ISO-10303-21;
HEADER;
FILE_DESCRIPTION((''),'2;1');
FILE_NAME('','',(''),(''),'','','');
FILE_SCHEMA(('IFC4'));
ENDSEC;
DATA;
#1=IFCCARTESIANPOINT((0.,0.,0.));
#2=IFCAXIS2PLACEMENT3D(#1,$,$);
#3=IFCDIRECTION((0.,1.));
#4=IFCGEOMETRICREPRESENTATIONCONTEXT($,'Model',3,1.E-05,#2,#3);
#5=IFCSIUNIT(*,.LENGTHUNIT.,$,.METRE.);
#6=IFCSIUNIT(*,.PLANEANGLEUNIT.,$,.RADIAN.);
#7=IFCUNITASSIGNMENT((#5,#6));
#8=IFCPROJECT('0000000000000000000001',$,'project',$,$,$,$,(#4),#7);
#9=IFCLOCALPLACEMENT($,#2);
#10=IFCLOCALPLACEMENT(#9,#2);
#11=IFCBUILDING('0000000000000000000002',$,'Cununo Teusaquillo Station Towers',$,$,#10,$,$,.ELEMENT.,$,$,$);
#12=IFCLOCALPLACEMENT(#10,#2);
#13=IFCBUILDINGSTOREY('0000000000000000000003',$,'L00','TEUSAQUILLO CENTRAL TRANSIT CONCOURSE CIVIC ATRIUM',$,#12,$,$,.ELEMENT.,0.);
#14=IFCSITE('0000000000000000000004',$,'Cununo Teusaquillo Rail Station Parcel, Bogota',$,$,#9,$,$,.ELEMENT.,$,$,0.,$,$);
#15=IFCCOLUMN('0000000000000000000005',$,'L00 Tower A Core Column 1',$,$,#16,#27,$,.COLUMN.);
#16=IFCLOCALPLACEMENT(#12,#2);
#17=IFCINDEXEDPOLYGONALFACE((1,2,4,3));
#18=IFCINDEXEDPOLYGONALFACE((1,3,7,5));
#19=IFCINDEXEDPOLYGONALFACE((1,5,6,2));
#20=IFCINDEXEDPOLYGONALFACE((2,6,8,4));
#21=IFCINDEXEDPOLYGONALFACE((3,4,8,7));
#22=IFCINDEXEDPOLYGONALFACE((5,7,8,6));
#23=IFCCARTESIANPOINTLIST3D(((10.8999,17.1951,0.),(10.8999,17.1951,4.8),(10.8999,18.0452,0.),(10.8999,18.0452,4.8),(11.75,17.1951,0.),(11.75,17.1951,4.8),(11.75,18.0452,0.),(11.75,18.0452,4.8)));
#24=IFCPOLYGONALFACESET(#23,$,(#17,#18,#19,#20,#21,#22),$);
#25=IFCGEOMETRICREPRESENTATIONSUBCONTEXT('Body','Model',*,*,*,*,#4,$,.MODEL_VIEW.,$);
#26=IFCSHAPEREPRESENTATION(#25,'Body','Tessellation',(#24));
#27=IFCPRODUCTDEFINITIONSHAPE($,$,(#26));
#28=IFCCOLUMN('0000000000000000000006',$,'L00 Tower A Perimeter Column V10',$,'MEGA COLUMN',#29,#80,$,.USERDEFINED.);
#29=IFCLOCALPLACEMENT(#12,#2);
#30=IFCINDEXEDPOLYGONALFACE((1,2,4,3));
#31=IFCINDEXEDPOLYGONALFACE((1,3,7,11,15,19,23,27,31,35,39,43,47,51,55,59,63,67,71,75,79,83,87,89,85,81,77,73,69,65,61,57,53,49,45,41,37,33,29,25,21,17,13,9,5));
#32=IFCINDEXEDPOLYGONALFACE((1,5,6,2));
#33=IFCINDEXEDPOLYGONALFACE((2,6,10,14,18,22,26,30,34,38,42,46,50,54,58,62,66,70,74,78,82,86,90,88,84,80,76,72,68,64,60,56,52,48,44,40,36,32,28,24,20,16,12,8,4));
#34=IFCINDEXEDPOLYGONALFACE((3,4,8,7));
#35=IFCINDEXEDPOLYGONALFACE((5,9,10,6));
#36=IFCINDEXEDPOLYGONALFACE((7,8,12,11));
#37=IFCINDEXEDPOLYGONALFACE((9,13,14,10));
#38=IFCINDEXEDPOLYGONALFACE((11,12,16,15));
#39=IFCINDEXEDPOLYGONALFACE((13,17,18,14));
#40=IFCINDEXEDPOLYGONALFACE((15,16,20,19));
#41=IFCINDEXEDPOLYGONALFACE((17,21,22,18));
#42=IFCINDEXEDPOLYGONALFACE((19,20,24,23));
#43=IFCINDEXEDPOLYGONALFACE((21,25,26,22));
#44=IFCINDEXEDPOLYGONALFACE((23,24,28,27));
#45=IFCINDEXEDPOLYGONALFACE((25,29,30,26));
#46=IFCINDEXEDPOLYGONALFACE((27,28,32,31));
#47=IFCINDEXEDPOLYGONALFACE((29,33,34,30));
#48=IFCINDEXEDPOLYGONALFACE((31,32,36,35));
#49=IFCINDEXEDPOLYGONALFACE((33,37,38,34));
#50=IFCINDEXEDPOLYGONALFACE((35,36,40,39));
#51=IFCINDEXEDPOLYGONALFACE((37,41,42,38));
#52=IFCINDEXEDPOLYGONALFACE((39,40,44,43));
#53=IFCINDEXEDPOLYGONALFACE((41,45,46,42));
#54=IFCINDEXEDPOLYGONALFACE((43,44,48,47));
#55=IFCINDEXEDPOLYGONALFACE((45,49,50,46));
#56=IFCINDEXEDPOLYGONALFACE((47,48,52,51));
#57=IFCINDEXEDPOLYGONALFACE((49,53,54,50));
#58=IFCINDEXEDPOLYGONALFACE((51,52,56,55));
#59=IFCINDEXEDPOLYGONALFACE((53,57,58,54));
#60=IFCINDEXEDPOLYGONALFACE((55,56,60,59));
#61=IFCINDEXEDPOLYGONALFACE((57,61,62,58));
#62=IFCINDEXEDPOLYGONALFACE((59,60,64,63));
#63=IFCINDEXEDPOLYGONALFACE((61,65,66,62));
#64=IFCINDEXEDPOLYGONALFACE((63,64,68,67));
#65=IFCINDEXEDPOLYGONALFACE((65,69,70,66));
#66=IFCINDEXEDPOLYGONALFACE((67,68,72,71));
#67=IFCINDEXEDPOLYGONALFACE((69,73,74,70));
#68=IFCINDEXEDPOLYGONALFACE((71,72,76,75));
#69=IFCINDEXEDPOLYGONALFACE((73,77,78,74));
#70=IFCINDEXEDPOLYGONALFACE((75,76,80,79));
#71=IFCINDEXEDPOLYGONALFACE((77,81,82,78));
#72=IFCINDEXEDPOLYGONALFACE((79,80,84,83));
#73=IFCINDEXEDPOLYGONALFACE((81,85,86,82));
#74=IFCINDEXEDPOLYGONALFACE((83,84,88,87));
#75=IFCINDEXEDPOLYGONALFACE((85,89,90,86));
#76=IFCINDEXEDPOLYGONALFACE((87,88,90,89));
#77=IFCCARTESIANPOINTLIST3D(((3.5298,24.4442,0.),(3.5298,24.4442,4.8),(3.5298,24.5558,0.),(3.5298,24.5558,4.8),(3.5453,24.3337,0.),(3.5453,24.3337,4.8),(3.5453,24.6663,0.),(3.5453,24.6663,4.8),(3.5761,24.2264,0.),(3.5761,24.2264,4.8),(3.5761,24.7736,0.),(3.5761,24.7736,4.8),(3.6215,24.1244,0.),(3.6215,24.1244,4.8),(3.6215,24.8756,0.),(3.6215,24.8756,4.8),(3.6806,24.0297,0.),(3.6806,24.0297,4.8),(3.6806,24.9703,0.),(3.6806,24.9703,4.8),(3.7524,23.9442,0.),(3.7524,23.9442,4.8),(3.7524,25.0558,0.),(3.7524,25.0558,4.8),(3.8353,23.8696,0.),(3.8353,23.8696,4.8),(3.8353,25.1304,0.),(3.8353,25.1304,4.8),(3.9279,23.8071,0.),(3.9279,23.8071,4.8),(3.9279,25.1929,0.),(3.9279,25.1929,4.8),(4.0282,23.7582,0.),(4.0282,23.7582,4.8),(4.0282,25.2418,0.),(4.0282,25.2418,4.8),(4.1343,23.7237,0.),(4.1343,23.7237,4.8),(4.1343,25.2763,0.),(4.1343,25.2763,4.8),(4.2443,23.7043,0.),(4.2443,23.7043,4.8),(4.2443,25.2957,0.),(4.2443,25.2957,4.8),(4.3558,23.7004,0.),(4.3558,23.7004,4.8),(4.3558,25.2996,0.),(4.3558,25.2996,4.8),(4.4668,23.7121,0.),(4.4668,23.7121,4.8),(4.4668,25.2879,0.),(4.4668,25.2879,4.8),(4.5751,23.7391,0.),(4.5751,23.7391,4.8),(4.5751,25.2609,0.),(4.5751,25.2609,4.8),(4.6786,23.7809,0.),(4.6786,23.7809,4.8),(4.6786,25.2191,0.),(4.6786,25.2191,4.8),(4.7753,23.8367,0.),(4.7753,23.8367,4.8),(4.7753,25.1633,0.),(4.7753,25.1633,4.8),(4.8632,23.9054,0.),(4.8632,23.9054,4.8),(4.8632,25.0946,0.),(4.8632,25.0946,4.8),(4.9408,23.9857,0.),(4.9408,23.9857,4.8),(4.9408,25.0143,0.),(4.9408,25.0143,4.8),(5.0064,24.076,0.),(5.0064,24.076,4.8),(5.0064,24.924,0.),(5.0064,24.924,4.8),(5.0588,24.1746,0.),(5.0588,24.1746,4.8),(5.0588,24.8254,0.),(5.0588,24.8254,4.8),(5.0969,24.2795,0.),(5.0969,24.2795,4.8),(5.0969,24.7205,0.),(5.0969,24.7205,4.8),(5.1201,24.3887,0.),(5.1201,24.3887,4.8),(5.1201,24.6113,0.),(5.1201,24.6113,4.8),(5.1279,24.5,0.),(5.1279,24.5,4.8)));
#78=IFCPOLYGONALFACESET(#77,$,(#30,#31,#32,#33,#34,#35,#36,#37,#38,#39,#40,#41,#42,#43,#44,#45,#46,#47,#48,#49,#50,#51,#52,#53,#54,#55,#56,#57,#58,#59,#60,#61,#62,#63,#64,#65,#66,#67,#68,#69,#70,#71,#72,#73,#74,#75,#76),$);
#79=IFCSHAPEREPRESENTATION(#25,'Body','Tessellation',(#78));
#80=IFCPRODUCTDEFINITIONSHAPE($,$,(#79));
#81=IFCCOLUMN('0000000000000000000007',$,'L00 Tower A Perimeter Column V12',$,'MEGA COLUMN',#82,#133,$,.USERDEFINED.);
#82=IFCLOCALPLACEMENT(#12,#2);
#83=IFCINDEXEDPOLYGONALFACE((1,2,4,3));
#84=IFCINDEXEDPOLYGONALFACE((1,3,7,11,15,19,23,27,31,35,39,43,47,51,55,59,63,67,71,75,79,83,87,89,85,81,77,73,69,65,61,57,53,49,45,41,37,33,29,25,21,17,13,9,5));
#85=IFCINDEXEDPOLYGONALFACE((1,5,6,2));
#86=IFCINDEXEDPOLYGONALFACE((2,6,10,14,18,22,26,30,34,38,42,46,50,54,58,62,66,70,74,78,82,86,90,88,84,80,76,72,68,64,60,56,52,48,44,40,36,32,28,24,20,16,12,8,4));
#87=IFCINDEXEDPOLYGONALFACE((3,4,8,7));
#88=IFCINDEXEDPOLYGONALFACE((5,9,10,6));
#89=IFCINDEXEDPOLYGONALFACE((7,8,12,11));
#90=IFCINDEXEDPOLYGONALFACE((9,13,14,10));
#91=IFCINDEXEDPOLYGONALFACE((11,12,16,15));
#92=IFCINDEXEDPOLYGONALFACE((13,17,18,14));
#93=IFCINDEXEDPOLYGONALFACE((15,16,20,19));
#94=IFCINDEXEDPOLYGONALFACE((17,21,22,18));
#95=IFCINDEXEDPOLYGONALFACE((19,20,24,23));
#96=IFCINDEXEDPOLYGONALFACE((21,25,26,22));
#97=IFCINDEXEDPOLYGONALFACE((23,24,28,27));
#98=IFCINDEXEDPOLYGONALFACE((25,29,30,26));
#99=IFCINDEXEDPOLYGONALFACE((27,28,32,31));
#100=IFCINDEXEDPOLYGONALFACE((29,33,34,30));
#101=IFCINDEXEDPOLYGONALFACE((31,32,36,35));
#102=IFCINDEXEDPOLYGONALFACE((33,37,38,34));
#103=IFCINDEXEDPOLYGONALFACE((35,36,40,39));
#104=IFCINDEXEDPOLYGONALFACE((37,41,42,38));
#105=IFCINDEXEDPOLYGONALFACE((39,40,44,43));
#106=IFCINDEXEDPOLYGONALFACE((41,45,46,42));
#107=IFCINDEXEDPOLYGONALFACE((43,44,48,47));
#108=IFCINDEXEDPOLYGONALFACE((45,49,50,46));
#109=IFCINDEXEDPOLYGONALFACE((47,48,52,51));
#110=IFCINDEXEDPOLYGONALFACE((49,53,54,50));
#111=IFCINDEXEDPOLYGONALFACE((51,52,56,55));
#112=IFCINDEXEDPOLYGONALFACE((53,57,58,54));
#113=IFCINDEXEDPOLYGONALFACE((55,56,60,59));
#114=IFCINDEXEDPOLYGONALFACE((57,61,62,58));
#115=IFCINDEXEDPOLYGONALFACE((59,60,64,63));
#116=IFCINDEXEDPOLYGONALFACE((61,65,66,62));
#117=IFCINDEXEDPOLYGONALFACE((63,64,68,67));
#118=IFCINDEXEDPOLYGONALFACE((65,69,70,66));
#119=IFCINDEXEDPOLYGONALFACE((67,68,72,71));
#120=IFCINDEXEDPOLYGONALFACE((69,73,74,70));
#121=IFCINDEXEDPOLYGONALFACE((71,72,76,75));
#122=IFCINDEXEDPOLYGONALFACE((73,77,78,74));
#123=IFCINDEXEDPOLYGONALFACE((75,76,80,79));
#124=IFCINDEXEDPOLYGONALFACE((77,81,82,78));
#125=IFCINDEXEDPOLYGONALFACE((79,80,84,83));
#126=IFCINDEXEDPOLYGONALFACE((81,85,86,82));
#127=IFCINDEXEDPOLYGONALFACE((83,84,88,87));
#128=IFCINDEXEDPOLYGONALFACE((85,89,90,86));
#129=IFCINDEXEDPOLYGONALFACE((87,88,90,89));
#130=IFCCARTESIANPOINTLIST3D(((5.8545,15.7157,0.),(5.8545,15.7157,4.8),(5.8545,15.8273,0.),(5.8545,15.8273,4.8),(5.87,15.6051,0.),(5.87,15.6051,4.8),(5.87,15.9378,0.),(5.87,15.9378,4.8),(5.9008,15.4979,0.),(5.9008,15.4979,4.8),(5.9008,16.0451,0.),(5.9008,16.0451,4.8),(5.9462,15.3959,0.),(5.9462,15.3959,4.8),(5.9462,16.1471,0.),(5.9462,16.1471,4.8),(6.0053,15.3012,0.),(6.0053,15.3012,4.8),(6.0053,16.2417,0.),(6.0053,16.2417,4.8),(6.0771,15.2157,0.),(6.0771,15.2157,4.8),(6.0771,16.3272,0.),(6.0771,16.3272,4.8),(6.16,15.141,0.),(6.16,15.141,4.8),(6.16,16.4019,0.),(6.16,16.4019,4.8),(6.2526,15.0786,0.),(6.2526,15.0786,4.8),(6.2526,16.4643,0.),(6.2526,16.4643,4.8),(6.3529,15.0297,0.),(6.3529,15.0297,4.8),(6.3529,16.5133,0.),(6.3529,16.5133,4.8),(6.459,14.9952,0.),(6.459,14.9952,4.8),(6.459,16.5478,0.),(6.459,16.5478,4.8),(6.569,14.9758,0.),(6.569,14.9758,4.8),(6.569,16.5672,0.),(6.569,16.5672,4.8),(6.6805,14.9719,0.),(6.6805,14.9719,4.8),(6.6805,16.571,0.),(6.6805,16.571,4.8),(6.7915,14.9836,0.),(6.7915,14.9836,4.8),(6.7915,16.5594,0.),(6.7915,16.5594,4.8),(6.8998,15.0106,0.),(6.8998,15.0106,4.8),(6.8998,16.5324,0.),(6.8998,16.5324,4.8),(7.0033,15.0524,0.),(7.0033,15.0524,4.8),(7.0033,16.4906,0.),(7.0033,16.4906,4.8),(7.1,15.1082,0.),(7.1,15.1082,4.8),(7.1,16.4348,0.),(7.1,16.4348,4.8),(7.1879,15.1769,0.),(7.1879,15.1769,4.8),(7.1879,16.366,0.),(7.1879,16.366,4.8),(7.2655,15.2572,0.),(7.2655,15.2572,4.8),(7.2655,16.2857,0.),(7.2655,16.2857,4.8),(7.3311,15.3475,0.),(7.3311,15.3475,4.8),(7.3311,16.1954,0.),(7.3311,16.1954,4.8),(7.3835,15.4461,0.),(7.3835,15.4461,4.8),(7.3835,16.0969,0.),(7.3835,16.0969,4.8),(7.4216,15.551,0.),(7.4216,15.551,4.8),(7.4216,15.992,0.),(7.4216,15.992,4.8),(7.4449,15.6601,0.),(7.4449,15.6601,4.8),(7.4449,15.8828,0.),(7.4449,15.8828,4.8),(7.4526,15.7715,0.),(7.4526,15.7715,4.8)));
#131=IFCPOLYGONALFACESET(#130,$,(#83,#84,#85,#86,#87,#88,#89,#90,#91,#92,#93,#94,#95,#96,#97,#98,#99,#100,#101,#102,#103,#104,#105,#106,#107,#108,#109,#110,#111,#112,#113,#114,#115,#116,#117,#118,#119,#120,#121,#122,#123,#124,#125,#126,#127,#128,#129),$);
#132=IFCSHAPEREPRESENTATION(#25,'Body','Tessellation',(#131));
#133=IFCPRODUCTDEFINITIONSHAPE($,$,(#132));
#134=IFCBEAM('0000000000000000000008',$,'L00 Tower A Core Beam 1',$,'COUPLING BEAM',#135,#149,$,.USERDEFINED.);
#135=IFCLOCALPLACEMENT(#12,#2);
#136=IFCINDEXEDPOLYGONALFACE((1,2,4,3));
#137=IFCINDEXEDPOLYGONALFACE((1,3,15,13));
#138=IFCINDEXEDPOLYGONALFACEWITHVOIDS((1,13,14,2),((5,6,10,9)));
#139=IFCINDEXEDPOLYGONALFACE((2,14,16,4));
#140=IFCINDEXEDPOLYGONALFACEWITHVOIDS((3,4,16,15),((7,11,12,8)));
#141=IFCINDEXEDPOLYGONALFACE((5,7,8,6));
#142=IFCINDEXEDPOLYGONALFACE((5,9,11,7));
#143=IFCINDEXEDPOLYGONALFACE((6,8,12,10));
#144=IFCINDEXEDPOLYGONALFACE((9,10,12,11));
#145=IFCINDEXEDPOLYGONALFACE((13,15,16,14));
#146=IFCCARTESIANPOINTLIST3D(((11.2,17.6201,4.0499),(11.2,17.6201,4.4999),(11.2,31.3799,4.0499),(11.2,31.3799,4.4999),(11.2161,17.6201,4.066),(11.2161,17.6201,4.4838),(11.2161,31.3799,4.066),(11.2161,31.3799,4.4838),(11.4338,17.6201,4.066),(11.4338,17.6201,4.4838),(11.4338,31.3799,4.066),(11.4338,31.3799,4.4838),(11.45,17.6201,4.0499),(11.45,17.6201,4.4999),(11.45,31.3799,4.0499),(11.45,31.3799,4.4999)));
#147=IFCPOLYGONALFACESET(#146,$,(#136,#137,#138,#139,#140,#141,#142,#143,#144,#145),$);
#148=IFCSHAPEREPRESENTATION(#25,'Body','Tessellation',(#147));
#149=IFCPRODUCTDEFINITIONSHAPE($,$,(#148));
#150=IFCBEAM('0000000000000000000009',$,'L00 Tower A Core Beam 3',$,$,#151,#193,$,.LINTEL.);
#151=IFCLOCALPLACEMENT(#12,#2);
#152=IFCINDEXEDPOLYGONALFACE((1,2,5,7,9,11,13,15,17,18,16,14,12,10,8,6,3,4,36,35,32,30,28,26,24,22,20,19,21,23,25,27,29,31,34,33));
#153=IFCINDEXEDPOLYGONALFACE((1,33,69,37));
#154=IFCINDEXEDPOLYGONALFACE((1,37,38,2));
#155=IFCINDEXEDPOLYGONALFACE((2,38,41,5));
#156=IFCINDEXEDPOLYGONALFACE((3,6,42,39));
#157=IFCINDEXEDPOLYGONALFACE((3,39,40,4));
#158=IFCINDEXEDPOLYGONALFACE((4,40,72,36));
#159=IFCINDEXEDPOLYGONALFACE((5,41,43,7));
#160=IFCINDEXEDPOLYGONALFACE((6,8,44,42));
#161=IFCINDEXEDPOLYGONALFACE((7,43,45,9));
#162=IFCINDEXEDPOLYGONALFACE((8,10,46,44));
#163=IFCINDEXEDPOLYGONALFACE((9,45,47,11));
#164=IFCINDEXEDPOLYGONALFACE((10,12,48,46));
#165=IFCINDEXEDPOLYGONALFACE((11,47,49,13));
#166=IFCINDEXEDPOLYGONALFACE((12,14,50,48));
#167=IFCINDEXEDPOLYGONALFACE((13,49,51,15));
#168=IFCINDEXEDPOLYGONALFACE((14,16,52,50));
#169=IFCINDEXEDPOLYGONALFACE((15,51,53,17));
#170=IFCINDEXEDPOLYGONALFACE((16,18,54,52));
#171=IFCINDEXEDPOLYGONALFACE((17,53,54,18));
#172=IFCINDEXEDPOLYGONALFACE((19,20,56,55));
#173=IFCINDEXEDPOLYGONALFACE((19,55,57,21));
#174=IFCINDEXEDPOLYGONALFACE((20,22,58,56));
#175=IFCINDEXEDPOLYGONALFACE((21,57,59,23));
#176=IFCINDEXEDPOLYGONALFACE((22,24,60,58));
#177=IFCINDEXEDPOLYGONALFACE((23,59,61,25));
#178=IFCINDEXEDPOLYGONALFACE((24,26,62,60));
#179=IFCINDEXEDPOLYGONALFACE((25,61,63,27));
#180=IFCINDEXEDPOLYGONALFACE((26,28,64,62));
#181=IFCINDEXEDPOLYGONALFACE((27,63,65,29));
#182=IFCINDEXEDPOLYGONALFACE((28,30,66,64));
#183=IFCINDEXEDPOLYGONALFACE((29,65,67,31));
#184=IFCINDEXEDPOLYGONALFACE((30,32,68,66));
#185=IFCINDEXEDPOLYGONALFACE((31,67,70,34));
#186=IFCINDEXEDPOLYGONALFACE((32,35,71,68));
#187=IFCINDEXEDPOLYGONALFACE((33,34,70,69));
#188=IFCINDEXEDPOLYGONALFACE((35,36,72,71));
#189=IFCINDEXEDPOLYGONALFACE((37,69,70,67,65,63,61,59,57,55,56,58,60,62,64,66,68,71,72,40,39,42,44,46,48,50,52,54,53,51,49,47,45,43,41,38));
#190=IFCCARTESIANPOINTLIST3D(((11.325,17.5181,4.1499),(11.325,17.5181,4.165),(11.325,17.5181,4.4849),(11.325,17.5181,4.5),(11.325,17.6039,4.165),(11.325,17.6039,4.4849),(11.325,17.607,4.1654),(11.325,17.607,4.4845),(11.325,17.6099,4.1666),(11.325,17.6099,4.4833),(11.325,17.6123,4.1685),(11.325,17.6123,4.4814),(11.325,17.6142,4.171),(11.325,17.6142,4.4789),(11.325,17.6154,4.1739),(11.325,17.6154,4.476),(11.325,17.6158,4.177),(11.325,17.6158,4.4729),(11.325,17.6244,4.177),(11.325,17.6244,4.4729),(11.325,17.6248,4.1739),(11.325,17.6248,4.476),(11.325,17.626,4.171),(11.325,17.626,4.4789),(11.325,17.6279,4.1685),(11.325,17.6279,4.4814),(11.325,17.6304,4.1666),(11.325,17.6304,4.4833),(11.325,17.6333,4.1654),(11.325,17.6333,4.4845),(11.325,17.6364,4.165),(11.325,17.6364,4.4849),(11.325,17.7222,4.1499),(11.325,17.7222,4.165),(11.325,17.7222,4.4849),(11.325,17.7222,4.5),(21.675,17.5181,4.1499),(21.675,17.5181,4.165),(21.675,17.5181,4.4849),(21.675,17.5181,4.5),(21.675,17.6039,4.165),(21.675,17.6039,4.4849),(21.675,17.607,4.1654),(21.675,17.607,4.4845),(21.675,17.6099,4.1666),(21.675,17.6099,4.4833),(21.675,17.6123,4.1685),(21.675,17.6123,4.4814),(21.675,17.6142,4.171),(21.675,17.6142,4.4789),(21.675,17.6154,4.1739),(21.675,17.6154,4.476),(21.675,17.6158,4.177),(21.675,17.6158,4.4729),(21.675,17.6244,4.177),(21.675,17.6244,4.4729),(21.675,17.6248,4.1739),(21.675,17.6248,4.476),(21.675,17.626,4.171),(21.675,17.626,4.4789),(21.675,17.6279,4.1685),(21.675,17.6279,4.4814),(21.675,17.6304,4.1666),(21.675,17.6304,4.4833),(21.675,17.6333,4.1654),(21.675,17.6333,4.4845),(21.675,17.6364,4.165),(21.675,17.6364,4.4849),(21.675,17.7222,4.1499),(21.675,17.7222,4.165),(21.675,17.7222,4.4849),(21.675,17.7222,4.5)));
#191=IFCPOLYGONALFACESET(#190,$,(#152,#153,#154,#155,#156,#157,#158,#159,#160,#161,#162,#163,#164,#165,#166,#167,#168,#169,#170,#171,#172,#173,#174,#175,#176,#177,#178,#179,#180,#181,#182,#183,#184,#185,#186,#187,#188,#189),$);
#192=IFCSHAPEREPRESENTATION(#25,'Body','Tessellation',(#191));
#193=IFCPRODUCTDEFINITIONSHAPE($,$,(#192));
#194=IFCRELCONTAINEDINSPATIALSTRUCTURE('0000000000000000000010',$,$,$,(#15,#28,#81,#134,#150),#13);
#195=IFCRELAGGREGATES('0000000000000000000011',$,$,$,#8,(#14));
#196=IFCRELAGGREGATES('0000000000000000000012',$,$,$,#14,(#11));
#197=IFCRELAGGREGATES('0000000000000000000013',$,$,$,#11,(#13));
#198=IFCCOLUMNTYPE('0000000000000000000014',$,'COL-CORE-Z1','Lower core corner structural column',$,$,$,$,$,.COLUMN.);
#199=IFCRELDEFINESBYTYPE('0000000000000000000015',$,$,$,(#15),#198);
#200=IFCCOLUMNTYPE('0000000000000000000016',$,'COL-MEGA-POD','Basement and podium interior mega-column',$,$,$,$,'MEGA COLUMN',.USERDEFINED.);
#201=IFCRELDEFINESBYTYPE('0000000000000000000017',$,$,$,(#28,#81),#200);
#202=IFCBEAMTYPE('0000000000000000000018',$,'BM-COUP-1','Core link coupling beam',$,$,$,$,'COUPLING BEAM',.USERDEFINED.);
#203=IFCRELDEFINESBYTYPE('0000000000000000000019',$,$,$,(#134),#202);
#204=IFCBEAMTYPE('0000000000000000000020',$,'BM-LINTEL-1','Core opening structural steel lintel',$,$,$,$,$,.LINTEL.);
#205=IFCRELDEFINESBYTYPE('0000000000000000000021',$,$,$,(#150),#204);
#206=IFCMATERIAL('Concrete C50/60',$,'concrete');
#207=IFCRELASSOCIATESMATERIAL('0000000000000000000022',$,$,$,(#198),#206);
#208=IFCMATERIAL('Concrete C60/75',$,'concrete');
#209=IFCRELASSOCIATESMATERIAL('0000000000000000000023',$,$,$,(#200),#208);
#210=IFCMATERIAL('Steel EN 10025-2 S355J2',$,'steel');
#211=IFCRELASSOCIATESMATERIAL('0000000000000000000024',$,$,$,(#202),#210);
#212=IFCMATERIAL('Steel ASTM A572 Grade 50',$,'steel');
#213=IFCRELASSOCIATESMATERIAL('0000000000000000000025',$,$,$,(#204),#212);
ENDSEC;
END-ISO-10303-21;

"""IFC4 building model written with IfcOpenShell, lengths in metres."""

from ifc_helpers import new_model, si_unit, direction, frame, origin, origin_2d, place, context, subcontext, project, spatial, rectangle, hollow_rectangle, circle, i_section, extrude, material, material_profile, profile_set, type_object, element, save


model = new_model("IFC4")

# Units and contexts
model_context = context("Model", 3, precision=1e-05, world=origin(), true_north=direction((0.0, 1.0)))
body_context = subcontext(model_context, "Body", "Model", "MODEL_VIEW")
ifc_project = project(units=[si_unit("LENGTHUNIT", "METRE"), si_unit("PLANEANGLEUNIT", "RADIAN")], contexts=[model_context])

# Site, building, storey
site_placement = place(None, origin())
site = spatial("IfcSite", under=ifc_project, at=site_placement, Name="Cununo Teusaquillo Rail Station Parcel, Bogota", CompositionType="ELEMENT", RefElevation=0.0)
building_placement = place(site_placement, origin())
building = spatial("IfcBuilding", under=site, at=building_placement, Name="Cununo Teusaquillo Station Towers", CompositionType="ELEMENT")
storey_placement = place(building_placement, origin())
storey = spatial("IfcBuildingStorey", under=building, at=storey_placement, Name="L00", Description="TEUSAQUILLO CENTRAL TRANSIT CONCOURSE CIVIC ATRIUM", CompositionType="ELEMENT", Elevation=0.0)

# Columns
ifc_material_1 = material(Name="Concrete C50/60", Category="concrete")
ifc_material_profile_1 = material_profile(ifc_material_1, rectangle(XDim=0.8501, YDim=0.8501, at=origin_2d()), Name="RC-RECT-850x850")
ifc_profile_set_1 = profile_set([ifc_material_profile_1], Name="Concrete C50/60")
column_type_1 = type_object("IfcColumnType", Name="COL-CORE-Z1", Description="Lower core corner structural column", PredefinedType="COLUMN", material=ifc_profile_set_1)
column_placement = place(storey_placement, frame((11.325, 17.6201, 0.0), z_axis=(0.0, 0.0, 1.0), x_axis=(1.0, 0.0, 0.0)))
element("IfcColumn", 1, at=column_placement, inside=storey, type_object=column_type_1, Name="L00 Tower A Core Column 1", PredefinedType="COLUMN", context=body_context, shape_type="SweptSolid", body=[
    extrude(rectangle(XDim=0.8501, YDim=0.8501, at=origin_2d()), origin(), (0.0, 0.0, 1.0), 4.8),
])
ifc_material_2 = material(Name="Concrete C60/75", Category="concrete")
ifc_material_profile_2 = material_profile(ifc_material_2, circle(Radius=0.8, at=origin_2d()), Name="RC-CIRC-1600")
ifc_profile_set_2 = profile_set([ifc_material_profile_2], Name="Concrete C60/75")
column_type_2 = type_object("IfcColumnType", Name="COL-MEGA-POD", Description="Basement and podium interior mega-column", ElementType="MEGA COLUMN", PredefinedType="USERDEFINED", material=ifc_profile_set_2)
for number, where, z_axis, x_axis, name in (
    (2, (4.3279, 24.5, 0.0), (0.0, 0.0, 1.0), (1.0, 0.0, 0.0), "L00 Tower A Perimeter Column V10"),
    (3, (6.6526, 15.7715, 0.0), (0.0, 0.0, 1.0), (1.0, 0.0, 0.0), "L00 Tower A Perimeter Column V12"),
):
    element("IfcColumn", number, at=place(storey_placement, frame(where, z_axis=z_axis, x_axis=x_axis)), inside=storey, type_object=column_type_2, Name=name, ObjectType="MEGA COLUMN", PredefinedType="USERDEFINED", context=body_context, shape_type="SweptSolid", body=[
        extrude(circle(Radius=0.8, at=origin_2d()), origin(), (0.0, 0.0, 1.0), 4.8),
    ])

# Beams
ifc_material_3 = material(Name="Steel EN 10025-2 S355J2", Category="steel")
ifc_material_profile_3 = material_profile(ifc_material_3, hollow_rectangle(XDim=0.25, YDim=0.45, WallThickness=0.0161, at=origin_2d()), Name="RHS 450x250x16")
ifc_profile_set_3 = profile_set([ifc_material_profile_3], Name="Steel EN 10025-2 S355J2")
beam_type_1 = type_object("IfcBeamType", Name="BM-COUP-1", Description="Core link coupling beam", ElementType="COUPLING BEAM", PredefinedType="USERDEFINED", material=ifc_profile_set_3)
beam_1_placement = place(storey_placement, frame((11.325, 17.6201, 4.2749), z_axis=(0.0, 1.0, 0.0), x_axis=(-1.0, 0.0, 0.0)))
element("IfcBeam", 4, at=beam_1_placement, inside=storey, type_object=beam_type_1, Name="L00 Tower A Core Beam 1", ObjectType="COUPLING BEAM", PredefinedType="USERDEFINED", context=body_context, shape_type="SweptSolid", body=[
    extrude(hollow_rectangle(XDim=0.25, YDim=0.45, WallThickness=0.0161, at=origin_2d()), origin(), (0.0, 0.0, 1.0), 13.7598),
])
ifc_material_4 = material(Name="Steel ASTM A572 Grade 50", Category="steel")
ifc_material_profile_4 = material_profile(ifc_material_4, i_section(OverallWidth=0.2041, OverallDepth=0.3501, WebThickness=0.0085, FlangeThickness=0.0151, FilletRadius=0.012, at=origin_2d()), Name="W14X48")
ifc_profile_set_4 = profile_set([ifc_material_profile_4], Name="Steel ASTM A572 Grade 50")
beam_type_2 = type_object("IfcBeamType", Name="BM-LINTEL-1", Description="Core opening structural steel lintel", PredefinedType="LINTEL", material=ifc_profile_set_4)
beam_2_placement = place(storey_placement, frame((11.325, 17.6201, 4.325), z_axis=(1.0, 0.0, 0.0), x_axis=(0.0, 1.0, 0.0)))
element("IfcBeam", 5, at=beam_2_placement, inside=storey, type_object=beam_type_2, Name="L00 Tower A Core Beam 3", PredefinedType="LINTEL", context=body_context, shape_type="SweptSolid", body=[
    extrude(i_section(OverallWidth=0.2041, OverallDepth=0.3501, WebThickness=0.0085, FlangeThickness=0.0151, FilletRadius=0.012, at=origin_2d()), origin(), (0.0, 0.0, 1.0), 10.3501),
])

save(model, "model.ifc")
